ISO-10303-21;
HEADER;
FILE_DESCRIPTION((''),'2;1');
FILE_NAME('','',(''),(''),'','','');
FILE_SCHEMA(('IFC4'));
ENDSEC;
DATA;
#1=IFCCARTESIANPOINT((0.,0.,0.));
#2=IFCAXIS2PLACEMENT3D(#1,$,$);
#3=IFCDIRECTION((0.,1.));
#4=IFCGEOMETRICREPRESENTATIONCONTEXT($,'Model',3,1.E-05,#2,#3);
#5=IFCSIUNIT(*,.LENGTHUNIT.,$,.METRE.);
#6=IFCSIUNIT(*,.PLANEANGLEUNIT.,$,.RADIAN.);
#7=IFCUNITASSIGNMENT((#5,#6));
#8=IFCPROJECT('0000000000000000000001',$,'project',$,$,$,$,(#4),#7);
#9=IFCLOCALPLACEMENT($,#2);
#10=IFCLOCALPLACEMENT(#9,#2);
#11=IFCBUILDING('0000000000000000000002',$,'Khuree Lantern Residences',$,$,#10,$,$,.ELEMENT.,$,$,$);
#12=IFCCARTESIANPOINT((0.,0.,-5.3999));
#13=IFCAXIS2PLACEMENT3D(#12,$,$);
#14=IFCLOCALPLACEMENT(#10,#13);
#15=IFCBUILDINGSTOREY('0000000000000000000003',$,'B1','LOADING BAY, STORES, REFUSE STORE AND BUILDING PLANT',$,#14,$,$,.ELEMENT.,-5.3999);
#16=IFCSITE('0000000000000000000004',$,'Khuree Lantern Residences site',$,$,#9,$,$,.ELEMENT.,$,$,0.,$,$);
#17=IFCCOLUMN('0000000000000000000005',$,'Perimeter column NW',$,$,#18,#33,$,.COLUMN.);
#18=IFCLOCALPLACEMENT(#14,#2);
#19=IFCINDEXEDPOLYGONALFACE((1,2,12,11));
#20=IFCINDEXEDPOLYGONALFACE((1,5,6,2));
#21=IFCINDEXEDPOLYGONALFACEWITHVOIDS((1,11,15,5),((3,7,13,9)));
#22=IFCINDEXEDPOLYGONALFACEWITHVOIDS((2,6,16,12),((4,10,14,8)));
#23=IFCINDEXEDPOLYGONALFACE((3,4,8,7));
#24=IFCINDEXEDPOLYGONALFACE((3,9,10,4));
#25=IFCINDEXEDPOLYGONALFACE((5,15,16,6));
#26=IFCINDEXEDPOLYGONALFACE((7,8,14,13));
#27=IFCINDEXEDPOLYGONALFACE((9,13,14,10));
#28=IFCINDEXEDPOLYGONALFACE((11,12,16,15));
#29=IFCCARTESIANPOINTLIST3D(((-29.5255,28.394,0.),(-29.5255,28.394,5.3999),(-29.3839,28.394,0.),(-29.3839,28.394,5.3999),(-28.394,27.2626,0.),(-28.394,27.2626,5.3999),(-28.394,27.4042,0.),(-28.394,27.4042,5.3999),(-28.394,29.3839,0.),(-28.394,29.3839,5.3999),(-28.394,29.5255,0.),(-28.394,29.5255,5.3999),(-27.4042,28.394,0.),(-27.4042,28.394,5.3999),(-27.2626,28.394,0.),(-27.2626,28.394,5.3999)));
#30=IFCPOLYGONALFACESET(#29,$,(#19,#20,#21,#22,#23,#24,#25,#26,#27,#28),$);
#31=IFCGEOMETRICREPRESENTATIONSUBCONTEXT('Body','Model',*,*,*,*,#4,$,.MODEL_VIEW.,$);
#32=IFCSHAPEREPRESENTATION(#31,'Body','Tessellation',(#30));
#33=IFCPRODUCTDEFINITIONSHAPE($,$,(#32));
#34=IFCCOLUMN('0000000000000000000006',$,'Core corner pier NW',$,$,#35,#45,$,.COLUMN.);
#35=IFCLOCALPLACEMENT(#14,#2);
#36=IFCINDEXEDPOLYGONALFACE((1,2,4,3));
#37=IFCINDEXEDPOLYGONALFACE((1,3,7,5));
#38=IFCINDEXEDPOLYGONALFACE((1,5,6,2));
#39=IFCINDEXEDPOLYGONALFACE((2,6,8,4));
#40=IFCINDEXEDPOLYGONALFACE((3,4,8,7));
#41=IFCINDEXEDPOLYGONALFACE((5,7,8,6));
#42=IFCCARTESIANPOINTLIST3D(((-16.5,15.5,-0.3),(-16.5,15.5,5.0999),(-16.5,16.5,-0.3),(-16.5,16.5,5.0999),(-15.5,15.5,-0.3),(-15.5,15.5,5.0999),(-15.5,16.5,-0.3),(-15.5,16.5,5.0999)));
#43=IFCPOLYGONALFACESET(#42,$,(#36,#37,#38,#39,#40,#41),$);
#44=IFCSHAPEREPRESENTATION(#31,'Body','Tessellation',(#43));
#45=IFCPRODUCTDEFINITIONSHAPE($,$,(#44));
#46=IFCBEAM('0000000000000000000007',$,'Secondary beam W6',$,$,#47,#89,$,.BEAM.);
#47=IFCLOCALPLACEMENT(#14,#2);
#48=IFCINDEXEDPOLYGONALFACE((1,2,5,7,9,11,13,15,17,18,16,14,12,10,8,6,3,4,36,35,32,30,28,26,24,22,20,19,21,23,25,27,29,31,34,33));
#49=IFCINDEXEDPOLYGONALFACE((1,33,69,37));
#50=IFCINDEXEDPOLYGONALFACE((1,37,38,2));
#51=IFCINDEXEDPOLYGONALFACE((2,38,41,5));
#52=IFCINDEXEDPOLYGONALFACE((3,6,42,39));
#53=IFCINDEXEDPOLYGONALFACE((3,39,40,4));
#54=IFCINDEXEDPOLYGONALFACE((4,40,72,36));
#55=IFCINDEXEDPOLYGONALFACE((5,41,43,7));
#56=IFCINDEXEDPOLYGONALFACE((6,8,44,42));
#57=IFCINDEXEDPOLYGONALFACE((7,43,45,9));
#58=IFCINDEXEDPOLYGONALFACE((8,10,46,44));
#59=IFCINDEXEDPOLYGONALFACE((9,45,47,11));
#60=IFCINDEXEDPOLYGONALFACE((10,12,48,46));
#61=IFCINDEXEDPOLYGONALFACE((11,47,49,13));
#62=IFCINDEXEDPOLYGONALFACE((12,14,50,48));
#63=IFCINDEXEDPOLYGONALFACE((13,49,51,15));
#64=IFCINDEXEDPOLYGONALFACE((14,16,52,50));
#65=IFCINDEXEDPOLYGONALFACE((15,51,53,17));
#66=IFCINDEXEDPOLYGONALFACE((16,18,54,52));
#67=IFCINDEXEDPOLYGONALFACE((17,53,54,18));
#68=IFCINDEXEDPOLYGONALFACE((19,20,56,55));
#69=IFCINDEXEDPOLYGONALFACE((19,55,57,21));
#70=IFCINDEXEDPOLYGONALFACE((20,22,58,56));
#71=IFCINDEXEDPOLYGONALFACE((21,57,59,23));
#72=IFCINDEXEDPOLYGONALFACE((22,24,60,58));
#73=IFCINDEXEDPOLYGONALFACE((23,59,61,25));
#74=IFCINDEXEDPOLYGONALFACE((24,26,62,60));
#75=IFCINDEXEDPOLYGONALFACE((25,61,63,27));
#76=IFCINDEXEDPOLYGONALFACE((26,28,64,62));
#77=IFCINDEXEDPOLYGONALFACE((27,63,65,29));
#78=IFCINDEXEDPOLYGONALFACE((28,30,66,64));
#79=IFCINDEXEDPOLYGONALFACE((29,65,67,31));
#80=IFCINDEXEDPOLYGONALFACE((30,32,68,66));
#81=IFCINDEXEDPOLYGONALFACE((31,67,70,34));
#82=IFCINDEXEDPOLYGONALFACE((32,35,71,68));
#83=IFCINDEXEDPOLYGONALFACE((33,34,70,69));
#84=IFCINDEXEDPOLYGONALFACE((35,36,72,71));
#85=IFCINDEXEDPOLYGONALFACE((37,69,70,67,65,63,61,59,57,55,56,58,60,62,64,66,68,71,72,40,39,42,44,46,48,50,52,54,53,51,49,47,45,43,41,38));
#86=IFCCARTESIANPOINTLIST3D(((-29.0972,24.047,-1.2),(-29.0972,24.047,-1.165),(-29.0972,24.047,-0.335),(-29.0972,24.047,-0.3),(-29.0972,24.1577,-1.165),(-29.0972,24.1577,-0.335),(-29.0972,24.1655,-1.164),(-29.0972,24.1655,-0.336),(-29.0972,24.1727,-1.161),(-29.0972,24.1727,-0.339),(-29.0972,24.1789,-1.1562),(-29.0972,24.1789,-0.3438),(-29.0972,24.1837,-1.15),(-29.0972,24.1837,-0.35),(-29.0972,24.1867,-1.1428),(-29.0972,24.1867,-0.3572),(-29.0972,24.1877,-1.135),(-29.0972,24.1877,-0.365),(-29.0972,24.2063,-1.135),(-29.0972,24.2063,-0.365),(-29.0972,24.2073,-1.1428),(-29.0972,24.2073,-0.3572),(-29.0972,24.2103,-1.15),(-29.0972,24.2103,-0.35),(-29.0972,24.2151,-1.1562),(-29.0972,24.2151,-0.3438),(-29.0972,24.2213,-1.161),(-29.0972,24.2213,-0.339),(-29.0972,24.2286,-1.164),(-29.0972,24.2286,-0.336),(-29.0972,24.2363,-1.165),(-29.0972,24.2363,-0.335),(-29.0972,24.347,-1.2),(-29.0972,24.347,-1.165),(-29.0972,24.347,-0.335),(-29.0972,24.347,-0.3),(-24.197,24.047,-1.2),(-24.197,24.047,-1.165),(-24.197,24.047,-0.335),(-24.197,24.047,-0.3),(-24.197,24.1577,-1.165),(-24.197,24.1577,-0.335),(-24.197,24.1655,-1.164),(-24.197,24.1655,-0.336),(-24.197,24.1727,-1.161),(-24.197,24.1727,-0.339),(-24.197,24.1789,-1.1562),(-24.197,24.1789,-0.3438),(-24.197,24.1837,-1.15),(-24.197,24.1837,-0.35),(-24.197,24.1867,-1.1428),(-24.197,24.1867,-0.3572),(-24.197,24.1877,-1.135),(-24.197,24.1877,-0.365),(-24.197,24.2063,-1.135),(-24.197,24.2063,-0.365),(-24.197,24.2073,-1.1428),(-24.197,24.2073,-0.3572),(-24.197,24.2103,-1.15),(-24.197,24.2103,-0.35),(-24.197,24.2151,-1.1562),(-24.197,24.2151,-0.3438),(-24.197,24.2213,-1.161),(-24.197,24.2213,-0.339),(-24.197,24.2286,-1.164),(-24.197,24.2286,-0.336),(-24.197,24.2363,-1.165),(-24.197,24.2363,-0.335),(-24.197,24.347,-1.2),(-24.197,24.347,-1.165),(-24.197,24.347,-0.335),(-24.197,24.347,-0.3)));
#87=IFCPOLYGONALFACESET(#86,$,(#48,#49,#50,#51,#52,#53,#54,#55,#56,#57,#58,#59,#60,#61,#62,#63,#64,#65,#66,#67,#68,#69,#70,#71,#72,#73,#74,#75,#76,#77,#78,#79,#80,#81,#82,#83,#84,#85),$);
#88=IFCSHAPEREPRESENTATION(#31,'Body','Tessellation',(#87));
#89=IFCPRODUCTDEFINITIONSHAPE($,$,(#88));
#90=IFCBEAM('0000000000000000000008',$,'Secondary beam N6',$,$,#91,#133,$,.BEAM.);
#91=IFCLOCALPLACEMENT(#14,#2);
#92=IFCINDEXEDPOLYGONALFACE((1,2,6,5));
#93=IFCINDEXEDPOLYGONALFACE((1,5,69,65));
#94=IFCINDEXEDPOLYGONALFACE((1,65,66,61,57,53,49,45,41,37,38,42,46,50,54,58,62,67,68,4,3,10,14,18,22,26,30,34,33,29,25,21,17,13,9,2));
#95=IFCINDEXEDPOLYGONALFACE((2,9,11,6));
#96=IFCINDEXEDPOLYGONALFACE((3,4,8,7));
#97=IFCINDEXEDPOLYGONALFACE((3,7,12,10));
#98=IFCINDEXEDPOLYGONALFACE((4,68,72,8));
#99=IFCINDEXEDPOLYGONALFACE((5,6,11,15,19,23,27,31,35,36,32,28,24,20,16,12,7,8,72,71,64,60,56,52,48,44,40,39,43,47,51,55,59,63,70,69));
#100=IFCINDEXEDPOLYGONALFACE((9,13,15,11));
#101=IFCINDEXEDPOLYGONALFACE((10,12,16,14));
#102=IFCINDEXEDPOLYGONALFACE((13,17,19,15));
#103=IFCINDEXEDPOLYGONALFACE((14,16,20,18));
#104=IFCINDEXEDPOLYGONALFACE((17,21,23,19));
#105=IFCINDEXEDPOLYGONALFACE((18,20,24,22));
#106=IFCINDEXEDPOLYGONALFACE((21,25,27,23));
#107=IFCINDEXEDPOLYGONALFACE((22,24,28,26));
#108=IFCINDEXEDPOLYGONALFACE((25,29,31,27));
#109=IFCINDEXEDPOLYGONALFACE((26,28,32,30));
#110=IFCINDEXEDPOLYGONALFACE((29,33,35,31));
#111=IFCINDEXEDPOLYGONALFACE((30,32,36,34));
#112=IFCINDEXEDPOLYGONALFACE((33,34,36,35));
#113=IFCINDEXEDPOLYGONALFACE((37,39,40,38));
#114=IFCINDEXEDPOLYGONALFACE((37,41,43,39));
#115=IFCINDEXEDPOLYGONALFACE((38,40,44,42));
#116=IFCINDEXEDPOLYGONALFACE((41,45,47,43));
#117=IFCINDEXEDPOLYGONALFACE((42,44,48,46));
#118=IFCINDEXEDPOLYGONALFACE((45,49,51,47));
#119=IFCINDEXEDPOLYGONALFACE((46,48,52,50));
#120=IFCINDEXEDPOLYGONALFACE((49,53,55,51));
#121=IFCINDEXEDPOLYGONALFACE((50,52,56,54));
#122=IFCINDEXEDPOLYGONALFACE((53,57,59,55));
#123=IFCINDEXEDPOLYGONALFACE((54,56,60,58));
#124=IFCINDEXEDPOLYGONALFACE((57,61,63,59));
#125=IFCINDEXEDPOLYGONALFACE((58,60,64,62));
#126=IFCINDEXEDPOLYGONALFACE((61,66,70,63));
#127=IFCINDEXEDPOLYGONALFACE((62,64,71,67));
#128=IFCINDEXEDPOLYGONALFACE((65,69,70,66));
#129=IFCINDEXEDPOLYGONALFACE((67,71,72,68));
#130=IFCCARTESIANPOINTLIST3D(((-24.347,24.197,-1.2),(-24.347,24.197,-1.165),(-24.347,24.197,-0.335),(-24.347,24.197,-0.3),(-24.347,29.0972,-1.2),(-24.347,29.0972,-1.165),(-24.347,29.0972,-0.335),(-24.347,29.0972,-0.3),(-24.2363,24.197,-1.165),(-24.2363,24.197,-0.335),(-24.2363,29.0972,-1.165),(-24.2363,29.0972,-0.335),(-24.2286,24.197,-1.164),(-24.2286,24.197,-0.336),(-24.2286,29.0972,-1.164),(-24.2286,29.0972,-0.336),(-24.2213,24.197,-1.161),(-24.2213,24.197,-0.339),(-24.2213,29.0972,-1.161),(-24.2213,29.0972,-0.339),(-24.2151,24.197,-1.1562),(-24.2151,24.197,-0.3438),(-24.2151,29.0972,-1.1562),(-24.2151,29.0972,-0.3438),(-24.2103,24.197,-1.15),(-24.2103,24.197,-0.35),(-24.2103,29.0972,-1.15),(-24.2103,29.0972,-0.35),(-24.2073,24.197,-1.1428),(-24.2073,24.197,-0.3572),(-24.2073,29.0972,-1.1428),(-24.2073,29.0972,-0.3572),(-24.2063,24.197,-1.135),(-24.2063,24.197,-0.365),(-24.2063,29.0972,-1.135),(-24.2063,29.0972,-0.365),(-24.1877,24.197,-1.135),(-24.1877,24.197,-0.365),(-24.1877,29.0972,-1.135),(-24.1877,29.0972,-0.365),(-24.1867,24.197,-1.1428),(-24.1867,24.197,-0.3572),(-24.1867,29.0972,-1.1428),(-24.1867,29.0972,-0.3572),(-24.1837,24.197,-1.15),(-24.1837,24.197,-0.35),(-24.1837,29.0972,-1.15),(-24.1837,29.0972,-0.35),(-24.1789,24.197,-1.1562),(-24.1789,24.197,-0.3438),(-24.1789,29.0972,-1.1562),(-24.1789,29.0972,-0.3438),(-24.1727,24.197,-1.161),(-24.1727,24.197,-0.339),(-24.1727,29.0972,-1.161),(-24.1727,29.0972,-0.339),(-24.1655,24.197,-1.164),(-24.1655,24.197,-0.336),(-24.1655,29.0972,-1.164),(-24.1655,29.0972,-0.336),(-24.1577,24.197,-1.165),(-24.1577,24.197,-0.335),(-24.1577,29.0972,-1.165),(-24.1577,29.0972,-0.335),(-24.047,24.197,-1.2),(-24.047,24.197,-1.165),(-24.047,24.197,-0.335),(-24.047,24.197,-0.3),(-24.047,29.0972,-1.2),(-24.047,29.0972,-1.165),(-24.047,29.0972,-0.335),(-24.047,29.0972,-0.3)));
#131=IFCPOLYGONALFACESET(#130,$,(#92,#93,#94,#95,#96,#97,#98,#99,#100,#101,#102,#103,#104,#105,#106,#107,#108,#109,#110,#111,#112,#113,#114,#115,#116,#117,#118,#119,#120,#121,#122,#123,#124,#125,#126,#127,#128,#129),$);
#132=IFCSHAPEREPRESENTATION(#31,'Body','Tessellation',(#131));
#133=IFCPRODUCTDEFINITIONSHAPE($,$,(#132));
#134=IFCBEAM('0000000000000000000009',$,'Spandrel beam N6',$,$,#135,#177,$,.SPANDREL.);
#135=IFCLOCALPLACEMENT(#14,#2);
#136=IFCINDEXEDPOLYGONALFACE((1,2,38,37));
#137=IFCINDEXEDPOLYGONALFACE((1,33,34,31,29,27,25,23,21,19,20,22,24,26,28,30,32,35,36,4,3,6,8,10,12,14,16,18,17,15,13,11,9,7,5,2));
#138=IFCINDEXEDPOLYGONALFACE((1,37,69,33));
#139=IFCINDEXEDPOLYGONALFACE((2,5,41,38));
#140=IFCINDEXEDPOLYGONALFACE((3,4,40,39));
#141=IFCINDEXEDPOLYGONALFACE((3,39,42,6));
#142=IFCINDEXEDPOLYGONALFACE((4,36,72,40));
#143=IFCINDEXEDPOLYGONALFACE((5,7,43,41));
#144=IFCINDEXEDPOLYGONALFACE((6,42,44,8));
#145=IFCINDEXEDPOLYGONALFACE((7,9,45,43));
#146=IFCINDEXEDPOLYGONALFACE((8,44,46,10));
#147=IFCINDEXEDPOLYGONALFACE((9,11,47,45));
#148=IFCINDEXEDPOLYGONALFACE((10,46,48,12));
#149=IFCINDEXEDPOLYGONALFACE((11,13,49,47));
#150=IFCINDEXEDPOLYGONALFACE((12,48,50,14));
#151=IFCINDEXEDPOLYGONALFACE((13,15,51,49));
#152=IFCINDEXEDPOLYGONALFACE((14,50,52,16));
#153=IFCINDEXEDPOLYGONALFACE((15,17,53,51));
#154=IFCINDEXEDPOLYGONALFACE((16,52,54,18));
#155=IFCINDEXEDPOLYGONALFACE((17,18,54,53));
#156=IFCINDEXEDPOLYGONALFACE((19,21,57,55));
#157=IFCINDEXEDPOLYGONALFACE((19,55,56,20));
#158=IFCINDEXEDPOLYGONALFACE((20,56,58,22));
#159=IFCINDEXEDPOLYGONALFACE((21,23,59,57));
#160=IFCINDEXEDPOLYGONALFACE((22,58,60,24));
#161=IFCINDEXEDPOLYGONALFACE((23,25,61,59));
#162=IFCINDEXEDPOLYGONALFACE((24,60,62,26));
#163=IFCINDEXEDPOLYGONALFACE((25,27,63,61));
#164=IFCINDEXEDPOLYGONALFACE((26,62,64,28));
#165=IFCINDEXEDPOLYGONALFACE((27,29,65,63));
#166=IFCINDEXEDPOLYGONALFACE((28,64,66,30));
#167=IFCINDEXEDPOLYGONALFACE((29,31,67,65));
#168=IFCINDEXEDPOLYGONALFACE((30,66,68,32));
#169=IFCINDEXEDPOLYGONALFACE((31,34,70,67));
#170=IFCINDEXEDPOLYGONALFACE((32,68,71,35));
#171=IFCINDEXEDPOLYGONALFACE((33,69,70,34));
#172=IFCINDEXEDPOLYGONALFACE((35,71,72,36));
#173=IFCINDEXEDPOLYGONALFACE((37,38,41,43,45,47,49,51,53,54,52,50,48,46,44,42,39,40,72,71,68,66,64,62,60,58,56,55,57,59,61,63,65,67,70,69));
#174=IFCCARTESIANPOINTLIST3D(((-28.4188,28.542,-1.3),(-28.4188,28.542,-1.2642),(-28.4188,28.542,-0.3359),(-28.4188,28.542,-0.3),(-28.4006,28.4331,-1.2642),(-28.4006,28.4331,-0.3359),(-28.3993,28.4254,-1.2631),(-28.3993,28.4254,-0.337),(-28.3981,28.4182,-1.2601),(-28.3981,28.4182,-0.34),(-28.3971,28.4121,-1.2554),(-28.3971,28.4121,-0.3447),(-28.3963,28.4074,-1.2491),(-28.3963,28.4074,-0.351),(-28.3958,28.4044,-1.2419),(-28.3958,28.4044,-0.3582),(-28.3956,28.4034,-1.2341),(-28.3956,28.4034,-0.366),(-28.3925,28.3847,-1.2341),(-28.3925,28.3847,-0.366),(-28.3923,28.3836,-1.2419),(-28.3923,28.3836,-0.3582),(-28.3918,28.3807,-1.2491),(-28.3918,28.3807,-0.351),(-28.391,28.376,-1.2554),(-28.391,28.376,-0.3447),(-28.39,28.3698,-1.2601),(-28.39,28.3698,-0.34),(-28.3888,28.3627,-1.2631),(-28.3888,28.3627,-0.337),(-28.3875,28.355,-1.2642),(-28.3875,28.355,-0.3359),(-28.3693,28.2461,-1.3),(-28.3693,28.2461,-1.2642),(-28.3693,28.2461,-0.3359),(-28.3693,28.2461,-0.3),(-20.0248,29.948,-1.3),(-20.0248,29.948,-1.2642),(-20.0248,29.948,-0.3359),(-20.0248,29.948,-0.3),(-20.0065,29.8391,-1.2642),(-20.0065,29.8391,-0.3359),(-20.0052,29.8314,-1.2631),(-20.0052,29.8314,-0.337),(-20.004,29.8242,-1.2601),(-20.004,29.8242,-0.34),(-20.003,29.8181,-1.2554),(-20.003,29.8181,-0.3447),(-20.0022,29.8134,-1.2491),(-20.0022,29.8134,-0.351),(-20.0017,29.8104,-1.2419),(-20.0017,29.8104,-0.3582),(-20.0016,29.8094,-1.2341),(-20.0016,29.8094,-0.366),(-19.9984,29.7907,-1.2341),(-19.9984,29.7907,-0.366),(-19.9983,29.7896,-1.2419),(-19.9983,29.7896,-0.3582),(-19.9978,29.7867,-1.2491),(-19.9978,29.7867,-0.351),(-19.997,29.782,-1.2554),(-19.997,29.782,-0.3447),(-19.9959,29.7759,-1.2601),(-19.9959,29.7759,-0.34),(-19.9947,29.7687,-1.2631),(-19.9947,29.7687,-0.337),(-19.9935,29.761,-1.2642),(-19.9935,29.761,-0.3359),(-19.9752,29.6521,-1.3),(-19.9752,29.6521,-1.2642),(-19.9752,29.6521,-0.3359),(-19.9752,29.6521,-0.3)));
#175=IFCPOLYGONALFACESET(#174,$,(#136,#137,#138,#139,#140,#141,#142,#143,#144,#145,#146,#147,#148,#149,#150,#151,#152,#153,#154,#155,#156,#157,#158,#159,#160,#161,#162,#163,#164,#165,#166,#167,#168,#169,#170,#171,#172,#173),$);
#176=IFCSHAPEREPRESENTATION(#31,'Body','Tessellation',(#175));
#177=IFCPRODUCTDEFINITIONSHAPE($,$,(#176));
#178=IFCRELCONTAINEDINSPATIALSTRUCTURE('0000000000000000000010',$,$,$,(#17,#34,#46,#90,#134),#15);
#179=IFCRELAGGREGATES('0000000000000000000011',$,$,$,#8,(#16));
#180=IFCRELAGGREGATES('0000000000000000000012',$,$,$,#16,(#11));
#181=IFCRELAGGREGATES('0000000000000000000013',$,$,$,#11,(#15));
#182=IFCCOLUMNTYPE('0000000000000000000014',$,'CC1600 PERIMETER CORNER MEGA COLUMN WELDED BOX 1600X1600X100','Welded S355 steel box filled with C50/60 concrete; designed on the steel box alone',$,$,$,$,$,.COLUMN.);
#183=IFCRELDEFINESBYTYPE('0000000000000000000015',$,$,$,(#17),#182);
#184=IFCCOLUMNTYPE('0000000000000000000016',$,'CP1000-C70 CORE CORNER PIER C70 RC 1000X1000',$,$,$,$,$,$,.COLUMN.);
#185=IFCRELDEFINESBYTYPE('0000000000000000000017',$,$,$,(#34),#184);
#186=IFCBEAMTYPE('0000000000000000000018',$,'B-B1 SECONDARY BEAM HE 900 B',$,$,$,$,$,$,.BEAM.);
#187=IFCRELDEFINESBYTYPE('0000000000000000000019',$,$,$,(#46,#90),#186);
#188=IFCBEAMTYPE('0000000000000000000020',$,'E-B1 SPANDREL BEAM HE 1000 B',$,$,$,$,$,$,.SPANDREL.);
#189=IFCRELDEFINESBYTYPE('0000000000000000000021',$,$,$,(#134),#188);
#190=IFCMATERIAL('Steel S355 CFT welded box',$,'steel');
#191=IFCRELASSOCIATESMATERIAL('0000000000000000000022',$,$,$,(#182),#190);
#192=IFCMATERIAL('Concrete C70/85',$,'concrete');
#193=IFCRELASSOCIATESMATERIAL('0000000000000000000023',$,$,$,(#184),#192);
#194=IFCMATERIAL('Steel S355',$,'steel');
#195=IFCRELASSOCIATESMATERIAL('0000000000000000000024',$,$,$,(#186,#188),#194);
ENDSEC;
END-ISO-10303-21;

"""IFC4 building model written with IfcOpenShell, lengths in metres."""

from ifc_helpers import new_model, si_unit, direction, frame, origin, origin_2d, place, context, subcontext, project, spatial, rectangle, hollow_rectangle, i_section, extrude, material, material_profile, profile_set, type_object, element, save


model = new_model("IFC4")

# Units and contexts
model_context = context("Model", 3, precision=1e-05, world=origin(), true_north=direction((0.0, 1.0)))
body_context = subcontext(model_context, "Body", "Model", "MODEL_VIEW")
ifc_project = project(units=[si_unit("LENGTHUNIT", "METRE"), si_unit("PLANEANGLEUNIT", "RADIAN")], contexts=[model_context])

# Site, building, storey
site_placement = place(None, origin())
site = spatial("IfcSite", under=ifc_project, at=site_placement, Name="Khuree Lantern Residences site", CompositionType="ELEMENT", RefElevation=0.0)
building_placement = place(site_placement, origin())
building = spatial("IfcBuilding", under=site, at=building_placement, Name="Khuree Lantern Residences", CompositionType="ELEMENT")
storey_placement = place(building_placement, frame((0.0, 0.0, -5.3999)))
storey = spatial("IfcBuildingStorey", under=building, at=storey_placement, Name="B1", Description="LOADING BAY, STORES, REFUSE STORE AND BUILDING PLANT", CompositionType="ELEMENT", Elevation=-5.3999)

# Columns
ifc_material_1 = material(Name="Steel S355 CFT welded box", Category="steel")
ifc_material_profile_1 = material_profile(ifc_material_1, hollow_rectangle(XDim=1.6001, YDim=1.6001, WallThickness=0.1001, at=origin_2d()), Name="WELDED BOX 1600X1600X100")
ifc_profile_set_1 = profile_set([ifc_material_profile_1], Name="Steel S355 CFT welded box")
column_type_1 = type_object("IfcColumnType", Name="CC1600 PERIMETER CORNER MEGA COLUMN WELDED BOX 1600X1600X100", Description="Welded S355 steel box filled with C50/60 concrete; designed on the steel box alone", PredefinedType="COLUMN", material=ifc_profile_set_1)
column_1_placement = place(storey_placement, frame((-28.394, 28.394, 0.0), z_axis=(0.0, 0.0, 1.0), x_axis=(0.707107, 0.707107, 0.0)))
element("IfcColumn", 1, at=column_1_placement, inside=storey, type_object=column_type_1, Name="Perimeter column NW", PredefinedType="COLUMN", context=body_context, shape_type="SweptSolid", body=[
    extrude(hollow_rectangle(XDim=1.6001, YDim=1.6001, WallThickness=0.1001, at=origin_2d()), origin(), (0.0, 0.0, 1.0), 5.3999),
])
ifc_material_2 = material(Name="Concrete C70/85", Category="concrete")
ifc_material_profile_2 = material_profile(ifc_material_2, rectangle(XDim=1.0, YDim=1.0, at=origin_2d()), Name="RC 1000X1000")
ifc_profile_set_2 = profile_set([ifc_material_profile_2], Name="Concrete C70/85")
column_type_2 = type_object("IfcColumnType", Name="CP1000-C70 CORE CORNER PIER C70 RC 1000X1000", PredefinedType="COLUMN", material=ifc_profile_set_2)
column_2_placement = place(storey_placement, frame((-16.0, 16.0, -0.3), z_axis=(0.0, 0.0, 1.0), x_axis=(1.0, 0.0, 0.0)))
element("IfcColumn", 2, at=column_2_placement, inside=storey, type_object=column_type_2, Name="Core corner pier NW", PredefinedType="COLUMN", context=body_context, shape_type="SweptSolid", body=[
    extrude(rectangle(XDim=1.0, YDim=1.0, at=origin_2d()), origin(), (0.0, 0.0, 1.0), 5.3999),
])

# Beams
ifc_material_3 = material(Name="Steel S355", Category="steel")
ifc_material_profile_3 = material_profile(ifc_material_3, i_section(OverallWidth=0.3, OverallDepth=0.8999, WebThickness=0.0186, FlangeThickness=0.0349, FilletRadius=0.03, at=origin_2d()), Name="HE 900 B")
ifc_profile_set_3 = profile_set([ifc_material_profile_3], Name="Steel S355")
beam_type_1 = type_object("IfcBeamType", Name="B-B1 SECONDARY BEAM HE 900 B", PredefinedType="BEAM", material=ifc_profile_set_3)
for number, where, z_axis, x_axis, name in (
    (3, (-29.0972, 24.197, -0.75), (1.0, 0.0, 0.0), (0.0, 1.0, 0.0), "Secondary beam W6"),
    (4, (-24.197, 29.0972, -0.75), (0.0, -1.0, 0.0), (1.0, 0.0, 0.0), "Secondary beam N6"),
):
    element("IfcBeam", number, at=place(storey_placement, frame(where, z_axis=z_axis, x_axis=x_axis)), inside=storey, type_object=beam_type_1, Name=name, PredefinedType="BEAM", context=body_context, shape_type="SweptSolid", body=[
        extrude(i_section(OverallWidth=0.3, OverallDepth=0.8999, WebThickness=0.0186, FlangeThickness=0.0349, FilletRadius=0.03, at=origin_2d()), origin(), (0.0, 0.0, 1.0), 4.9001),
    ])
ifc_material_profile_4 = material_profile(ifc_material_3, i_section(OverallWidth=0.3, OverallDepth=1.0, WebThickness=0.019, FlangeThickness=0.0359, FilletRadius=0.03, at=origin_2d()), Name="HE 1000 B")
ifc_profile_set_4 = profile_set([ifc_material_profile_4], Name="Steel S355")
beam_type_2 = type_object("IfcBeamType", Name="E-B1 SPANDREL BEAM HE 1000 B", PredefinedType="SPANDREL", material=ifc_profile_set_4)
beam_1_placement = place(storey_placement, frame((-28.394, 28.394, -0.8), z_axis=(0.98626, 0.165199, 0.0), x_axis=(-0.165199, 0.98626, 0.0)))
element("IfcBeam", 5, at=beam_1_placement, inside=storey, type_object=beam_type_2, Name="Spandrel beam N6", PredefinedType="SPANDREL", context=body_context, shape_type="SweptSolid", body=[
    extrude(i_section(OverallWidth=0.3, OverallDepth=1.0, WebThickness=0.019, FlangeThickness=0.0359, FilletRadius=0.03, at=origin_2d()), origin(), (0.0, 0.0, 1.0), 8.511),
])

save(model, "model.ifc")
